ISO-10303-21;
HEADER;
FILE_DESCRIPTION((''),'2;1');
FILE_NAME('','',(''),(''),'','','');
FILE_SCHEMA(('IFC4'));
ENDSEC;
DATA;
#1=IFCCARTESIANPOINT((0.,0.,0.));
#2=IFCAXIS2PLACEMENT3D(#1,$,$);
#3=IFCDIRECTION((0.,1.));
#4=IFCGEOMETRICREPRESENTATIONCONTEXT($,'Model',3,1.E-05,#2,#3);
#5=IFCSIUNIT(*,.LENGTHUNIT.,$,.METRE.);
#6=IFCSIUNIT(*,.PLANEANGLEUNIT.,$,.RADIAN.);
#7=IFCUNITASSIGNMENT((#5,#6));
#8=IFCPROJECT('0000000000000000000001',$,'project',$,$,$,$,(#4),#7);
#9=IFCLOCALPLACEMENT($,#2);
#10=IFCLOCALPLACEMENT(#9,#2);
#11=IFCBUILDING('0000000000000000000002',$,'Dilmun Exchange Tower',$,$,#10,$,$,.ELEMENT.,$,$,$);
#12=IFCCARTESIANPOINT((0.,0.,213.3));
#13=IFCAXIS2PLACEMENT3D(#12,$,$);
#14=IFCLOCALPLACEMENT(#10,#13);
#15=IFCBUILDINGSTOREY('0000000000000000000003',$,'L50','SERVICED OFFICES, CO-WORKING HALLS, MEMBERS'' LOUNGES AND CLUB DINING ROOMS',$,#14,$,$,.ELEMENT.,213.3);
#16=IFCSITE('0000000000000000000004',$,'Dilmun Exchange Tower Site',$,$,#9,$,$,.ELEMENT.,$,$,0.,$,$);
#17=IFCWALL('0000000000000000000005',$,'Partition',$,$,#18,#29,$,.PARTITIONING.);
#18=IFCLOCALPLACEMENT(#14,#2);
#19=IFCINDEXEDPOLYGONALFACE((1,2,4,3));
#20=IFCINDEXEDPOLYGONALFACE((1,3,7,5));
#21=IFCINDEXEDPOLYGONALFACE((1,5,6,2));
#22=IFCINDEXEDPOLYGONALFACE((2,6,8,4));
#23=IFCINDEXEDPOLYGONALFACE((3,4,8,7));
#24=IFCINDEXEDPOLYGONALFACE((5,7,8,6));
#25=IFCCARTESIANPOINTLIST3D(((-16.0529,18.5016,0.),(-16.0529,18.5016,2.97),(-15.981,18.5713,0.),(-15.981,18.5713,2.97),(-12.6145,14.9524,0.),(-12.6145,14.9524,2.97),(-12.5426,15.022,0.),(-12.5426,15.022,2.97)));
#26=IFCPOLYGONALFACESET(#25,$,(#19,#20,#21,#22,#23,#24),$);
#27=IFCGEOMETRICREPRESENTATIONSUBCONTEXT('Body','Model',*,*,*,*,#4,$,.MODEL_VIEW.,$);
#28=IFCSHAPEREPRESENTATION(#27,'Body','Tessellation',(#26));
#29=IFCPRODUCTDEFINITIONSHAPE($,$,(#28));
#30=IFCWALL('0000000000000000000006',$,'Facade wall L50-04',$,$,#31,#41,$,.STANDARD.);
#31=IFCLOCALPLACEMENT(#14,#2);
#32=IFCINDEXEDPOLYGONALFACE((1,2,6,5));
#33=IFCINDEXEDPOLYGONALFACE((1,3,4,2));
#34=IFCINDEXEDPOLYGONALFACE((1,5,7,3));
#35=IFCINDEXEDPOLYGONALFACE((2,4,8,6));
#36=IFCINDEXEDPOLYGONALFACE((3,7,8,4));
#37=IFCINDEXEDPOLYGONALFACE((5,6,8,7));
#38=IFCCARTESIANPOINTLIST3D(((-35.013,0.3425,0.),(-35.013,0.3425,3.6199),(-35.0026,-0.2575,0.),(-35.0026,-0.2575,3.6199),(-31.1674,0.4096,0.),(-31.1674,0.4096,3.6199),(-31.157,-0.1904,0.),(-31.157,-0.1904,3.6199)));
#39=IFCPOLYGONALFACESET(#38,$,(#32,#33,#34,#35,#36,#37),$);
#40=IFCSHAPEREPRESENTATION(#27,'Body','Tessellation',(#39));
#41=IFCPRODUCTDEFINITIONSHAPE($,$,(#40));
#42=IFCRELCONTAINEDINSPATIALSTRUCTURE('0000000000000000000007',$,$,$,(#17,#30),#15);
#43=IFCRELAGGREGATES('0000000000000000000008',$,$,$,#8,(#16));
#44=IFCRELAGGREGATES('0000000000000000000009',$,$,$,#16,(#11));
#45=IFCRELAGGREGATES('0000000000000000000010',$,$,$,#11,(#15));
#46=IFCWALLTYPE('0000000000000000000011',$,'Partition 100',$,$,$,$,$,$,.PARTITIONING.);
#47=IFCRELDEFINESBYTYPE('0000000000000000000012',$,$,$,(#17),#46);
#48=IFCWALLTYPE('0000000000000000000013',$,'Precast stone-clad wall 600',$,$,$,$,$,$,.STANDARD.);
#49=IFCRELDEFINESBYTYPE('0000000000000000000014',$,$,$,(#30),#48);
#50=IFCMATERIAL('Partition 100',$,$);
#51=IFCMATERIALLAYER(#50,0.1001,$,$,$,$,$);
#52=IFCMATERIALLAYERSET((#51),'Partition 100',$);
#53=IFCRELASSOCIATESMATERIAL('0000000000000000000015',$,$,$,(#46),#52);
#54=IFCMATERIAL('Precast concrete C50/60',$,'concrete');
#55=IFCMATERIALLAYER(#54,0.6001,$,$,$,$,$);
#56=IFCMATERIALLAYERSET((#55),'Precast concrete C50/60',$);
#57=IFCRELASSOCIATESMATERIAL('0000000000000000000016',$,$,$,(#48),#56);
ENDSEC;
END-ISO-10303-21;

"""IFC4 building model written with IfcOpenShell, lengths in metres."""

from ifc_helpers import new_model, si_unit, direction, frame, frame_2d, origin, place, context, subcontext, project, spatial, rectangle, extrude, material, layer, layer_set, type_object, element, save


model = new_model("IFC4")

# Units and contexts
model_context = context("Model", 3, precision=1e-05, world=origin(), true_north=direction((0.0, 1.0)))
body_context = subcontext(model_context, "Body", "Model", "MODEL_VIEW")
ifc_project = project(units=[si_unit("LENGTHUNIT", "METRE"), si_unit("PLANEANGLEUNIT", "RADIAN")], contexts=[model_context])

# Site, building, storey
site_placement = place(None, origin())
site = spatial("IfcSite", under=ifc_project, at=site_placement, Name="Dilmun Exchange Tower Site", CompositionType="ELEMENT", RefElevation=0.0)
building_placement = place(site_placement, origin())
building = spatial("IfcBuilding", under=site, at=building_placement, Name="Dilmun Exchange Tower", CompositionType="ELEMENT")
storey_placement = place(building_placement, frame((0.0, 0.0, 213.3)))
storey = spatial("IfcBuildingStorey", under=building, at=storey_placement, Name="L50", Description="SERVICED OFFICES, CO-WORKING HALLS, MEMBERS' LOUNGES AND CLUB DINING ROOMS", CompositionType="ELEMENT", Elevation=213.3)

# Walls
ifc_material_1 = material(Name="Partition 100")
ifc_layer_1 = layer(ifc_material_1, 0.1001)
ifc_layer_set_1 = layer_set([ifc_layer_1], Name="Partition 100")
wall_type_1 = type_object("IfcWallType", Name="Partition 100", PredefinedType="PARTITIONING", material=ifc_layer_set_1)
wall_1_placement = place(storey_placement, frame((-16.0168, 18.5364, 0.0), z_axis=(0.0, 0.0, 1.0), x_axis=(0.695803, -0.718233, 0.0)))
element("IfcWall", 1, at=wall_1_placement, inside=storey, type_object=wall_type_1, Name="Partition", PredefinedType="PARTITIONING", context=body_context, shape_type="SweptSolid", body=[
    extrude(rectangle(XDim=4.9417, YDim=0.1001, at=frame_2d((2.4707, 0.0))), origin(), (0.0, 0.0, 1.0), 2.97),
])
ifc_material_2 = material(Name="Precast concrete C50/60", Category="concrete")
ifc_layer_2 = layer(ifc_material_2, 0.6001)
ifc_layer_set_2 = layer_set([ifc_layer_2], Name="Precast concrete C50/60")
wall_type_2 = type_object("IfcWallType", Name="Precast stone-clad wall 600", PredefinedType="STANDARD", material=ifc_layer_set_2)
wall_2_placement = place(storey_placement, frame((-35.0078, 0.0425, 0.0), z_axis=(0.0, 0.0, 1.0), x_axis=(0.999848, 0.017455, 0.0)))
element("IfcWall", 2, at=wall_2_placement, inside=storey, type_object=wall_type_2, Name="Facade wall L50-04", PredefinedType="STANDARD", context=body_context, shape_type="SweptSolid", body=[
    extrude(rectangle(XDim=3.8462, YDim=0.6001, at=frame_2d((1.9231, 0.0))), origin(), (0.0, 0.0, 1.0), 3.6199),
])

save(model, "model.ifc")
